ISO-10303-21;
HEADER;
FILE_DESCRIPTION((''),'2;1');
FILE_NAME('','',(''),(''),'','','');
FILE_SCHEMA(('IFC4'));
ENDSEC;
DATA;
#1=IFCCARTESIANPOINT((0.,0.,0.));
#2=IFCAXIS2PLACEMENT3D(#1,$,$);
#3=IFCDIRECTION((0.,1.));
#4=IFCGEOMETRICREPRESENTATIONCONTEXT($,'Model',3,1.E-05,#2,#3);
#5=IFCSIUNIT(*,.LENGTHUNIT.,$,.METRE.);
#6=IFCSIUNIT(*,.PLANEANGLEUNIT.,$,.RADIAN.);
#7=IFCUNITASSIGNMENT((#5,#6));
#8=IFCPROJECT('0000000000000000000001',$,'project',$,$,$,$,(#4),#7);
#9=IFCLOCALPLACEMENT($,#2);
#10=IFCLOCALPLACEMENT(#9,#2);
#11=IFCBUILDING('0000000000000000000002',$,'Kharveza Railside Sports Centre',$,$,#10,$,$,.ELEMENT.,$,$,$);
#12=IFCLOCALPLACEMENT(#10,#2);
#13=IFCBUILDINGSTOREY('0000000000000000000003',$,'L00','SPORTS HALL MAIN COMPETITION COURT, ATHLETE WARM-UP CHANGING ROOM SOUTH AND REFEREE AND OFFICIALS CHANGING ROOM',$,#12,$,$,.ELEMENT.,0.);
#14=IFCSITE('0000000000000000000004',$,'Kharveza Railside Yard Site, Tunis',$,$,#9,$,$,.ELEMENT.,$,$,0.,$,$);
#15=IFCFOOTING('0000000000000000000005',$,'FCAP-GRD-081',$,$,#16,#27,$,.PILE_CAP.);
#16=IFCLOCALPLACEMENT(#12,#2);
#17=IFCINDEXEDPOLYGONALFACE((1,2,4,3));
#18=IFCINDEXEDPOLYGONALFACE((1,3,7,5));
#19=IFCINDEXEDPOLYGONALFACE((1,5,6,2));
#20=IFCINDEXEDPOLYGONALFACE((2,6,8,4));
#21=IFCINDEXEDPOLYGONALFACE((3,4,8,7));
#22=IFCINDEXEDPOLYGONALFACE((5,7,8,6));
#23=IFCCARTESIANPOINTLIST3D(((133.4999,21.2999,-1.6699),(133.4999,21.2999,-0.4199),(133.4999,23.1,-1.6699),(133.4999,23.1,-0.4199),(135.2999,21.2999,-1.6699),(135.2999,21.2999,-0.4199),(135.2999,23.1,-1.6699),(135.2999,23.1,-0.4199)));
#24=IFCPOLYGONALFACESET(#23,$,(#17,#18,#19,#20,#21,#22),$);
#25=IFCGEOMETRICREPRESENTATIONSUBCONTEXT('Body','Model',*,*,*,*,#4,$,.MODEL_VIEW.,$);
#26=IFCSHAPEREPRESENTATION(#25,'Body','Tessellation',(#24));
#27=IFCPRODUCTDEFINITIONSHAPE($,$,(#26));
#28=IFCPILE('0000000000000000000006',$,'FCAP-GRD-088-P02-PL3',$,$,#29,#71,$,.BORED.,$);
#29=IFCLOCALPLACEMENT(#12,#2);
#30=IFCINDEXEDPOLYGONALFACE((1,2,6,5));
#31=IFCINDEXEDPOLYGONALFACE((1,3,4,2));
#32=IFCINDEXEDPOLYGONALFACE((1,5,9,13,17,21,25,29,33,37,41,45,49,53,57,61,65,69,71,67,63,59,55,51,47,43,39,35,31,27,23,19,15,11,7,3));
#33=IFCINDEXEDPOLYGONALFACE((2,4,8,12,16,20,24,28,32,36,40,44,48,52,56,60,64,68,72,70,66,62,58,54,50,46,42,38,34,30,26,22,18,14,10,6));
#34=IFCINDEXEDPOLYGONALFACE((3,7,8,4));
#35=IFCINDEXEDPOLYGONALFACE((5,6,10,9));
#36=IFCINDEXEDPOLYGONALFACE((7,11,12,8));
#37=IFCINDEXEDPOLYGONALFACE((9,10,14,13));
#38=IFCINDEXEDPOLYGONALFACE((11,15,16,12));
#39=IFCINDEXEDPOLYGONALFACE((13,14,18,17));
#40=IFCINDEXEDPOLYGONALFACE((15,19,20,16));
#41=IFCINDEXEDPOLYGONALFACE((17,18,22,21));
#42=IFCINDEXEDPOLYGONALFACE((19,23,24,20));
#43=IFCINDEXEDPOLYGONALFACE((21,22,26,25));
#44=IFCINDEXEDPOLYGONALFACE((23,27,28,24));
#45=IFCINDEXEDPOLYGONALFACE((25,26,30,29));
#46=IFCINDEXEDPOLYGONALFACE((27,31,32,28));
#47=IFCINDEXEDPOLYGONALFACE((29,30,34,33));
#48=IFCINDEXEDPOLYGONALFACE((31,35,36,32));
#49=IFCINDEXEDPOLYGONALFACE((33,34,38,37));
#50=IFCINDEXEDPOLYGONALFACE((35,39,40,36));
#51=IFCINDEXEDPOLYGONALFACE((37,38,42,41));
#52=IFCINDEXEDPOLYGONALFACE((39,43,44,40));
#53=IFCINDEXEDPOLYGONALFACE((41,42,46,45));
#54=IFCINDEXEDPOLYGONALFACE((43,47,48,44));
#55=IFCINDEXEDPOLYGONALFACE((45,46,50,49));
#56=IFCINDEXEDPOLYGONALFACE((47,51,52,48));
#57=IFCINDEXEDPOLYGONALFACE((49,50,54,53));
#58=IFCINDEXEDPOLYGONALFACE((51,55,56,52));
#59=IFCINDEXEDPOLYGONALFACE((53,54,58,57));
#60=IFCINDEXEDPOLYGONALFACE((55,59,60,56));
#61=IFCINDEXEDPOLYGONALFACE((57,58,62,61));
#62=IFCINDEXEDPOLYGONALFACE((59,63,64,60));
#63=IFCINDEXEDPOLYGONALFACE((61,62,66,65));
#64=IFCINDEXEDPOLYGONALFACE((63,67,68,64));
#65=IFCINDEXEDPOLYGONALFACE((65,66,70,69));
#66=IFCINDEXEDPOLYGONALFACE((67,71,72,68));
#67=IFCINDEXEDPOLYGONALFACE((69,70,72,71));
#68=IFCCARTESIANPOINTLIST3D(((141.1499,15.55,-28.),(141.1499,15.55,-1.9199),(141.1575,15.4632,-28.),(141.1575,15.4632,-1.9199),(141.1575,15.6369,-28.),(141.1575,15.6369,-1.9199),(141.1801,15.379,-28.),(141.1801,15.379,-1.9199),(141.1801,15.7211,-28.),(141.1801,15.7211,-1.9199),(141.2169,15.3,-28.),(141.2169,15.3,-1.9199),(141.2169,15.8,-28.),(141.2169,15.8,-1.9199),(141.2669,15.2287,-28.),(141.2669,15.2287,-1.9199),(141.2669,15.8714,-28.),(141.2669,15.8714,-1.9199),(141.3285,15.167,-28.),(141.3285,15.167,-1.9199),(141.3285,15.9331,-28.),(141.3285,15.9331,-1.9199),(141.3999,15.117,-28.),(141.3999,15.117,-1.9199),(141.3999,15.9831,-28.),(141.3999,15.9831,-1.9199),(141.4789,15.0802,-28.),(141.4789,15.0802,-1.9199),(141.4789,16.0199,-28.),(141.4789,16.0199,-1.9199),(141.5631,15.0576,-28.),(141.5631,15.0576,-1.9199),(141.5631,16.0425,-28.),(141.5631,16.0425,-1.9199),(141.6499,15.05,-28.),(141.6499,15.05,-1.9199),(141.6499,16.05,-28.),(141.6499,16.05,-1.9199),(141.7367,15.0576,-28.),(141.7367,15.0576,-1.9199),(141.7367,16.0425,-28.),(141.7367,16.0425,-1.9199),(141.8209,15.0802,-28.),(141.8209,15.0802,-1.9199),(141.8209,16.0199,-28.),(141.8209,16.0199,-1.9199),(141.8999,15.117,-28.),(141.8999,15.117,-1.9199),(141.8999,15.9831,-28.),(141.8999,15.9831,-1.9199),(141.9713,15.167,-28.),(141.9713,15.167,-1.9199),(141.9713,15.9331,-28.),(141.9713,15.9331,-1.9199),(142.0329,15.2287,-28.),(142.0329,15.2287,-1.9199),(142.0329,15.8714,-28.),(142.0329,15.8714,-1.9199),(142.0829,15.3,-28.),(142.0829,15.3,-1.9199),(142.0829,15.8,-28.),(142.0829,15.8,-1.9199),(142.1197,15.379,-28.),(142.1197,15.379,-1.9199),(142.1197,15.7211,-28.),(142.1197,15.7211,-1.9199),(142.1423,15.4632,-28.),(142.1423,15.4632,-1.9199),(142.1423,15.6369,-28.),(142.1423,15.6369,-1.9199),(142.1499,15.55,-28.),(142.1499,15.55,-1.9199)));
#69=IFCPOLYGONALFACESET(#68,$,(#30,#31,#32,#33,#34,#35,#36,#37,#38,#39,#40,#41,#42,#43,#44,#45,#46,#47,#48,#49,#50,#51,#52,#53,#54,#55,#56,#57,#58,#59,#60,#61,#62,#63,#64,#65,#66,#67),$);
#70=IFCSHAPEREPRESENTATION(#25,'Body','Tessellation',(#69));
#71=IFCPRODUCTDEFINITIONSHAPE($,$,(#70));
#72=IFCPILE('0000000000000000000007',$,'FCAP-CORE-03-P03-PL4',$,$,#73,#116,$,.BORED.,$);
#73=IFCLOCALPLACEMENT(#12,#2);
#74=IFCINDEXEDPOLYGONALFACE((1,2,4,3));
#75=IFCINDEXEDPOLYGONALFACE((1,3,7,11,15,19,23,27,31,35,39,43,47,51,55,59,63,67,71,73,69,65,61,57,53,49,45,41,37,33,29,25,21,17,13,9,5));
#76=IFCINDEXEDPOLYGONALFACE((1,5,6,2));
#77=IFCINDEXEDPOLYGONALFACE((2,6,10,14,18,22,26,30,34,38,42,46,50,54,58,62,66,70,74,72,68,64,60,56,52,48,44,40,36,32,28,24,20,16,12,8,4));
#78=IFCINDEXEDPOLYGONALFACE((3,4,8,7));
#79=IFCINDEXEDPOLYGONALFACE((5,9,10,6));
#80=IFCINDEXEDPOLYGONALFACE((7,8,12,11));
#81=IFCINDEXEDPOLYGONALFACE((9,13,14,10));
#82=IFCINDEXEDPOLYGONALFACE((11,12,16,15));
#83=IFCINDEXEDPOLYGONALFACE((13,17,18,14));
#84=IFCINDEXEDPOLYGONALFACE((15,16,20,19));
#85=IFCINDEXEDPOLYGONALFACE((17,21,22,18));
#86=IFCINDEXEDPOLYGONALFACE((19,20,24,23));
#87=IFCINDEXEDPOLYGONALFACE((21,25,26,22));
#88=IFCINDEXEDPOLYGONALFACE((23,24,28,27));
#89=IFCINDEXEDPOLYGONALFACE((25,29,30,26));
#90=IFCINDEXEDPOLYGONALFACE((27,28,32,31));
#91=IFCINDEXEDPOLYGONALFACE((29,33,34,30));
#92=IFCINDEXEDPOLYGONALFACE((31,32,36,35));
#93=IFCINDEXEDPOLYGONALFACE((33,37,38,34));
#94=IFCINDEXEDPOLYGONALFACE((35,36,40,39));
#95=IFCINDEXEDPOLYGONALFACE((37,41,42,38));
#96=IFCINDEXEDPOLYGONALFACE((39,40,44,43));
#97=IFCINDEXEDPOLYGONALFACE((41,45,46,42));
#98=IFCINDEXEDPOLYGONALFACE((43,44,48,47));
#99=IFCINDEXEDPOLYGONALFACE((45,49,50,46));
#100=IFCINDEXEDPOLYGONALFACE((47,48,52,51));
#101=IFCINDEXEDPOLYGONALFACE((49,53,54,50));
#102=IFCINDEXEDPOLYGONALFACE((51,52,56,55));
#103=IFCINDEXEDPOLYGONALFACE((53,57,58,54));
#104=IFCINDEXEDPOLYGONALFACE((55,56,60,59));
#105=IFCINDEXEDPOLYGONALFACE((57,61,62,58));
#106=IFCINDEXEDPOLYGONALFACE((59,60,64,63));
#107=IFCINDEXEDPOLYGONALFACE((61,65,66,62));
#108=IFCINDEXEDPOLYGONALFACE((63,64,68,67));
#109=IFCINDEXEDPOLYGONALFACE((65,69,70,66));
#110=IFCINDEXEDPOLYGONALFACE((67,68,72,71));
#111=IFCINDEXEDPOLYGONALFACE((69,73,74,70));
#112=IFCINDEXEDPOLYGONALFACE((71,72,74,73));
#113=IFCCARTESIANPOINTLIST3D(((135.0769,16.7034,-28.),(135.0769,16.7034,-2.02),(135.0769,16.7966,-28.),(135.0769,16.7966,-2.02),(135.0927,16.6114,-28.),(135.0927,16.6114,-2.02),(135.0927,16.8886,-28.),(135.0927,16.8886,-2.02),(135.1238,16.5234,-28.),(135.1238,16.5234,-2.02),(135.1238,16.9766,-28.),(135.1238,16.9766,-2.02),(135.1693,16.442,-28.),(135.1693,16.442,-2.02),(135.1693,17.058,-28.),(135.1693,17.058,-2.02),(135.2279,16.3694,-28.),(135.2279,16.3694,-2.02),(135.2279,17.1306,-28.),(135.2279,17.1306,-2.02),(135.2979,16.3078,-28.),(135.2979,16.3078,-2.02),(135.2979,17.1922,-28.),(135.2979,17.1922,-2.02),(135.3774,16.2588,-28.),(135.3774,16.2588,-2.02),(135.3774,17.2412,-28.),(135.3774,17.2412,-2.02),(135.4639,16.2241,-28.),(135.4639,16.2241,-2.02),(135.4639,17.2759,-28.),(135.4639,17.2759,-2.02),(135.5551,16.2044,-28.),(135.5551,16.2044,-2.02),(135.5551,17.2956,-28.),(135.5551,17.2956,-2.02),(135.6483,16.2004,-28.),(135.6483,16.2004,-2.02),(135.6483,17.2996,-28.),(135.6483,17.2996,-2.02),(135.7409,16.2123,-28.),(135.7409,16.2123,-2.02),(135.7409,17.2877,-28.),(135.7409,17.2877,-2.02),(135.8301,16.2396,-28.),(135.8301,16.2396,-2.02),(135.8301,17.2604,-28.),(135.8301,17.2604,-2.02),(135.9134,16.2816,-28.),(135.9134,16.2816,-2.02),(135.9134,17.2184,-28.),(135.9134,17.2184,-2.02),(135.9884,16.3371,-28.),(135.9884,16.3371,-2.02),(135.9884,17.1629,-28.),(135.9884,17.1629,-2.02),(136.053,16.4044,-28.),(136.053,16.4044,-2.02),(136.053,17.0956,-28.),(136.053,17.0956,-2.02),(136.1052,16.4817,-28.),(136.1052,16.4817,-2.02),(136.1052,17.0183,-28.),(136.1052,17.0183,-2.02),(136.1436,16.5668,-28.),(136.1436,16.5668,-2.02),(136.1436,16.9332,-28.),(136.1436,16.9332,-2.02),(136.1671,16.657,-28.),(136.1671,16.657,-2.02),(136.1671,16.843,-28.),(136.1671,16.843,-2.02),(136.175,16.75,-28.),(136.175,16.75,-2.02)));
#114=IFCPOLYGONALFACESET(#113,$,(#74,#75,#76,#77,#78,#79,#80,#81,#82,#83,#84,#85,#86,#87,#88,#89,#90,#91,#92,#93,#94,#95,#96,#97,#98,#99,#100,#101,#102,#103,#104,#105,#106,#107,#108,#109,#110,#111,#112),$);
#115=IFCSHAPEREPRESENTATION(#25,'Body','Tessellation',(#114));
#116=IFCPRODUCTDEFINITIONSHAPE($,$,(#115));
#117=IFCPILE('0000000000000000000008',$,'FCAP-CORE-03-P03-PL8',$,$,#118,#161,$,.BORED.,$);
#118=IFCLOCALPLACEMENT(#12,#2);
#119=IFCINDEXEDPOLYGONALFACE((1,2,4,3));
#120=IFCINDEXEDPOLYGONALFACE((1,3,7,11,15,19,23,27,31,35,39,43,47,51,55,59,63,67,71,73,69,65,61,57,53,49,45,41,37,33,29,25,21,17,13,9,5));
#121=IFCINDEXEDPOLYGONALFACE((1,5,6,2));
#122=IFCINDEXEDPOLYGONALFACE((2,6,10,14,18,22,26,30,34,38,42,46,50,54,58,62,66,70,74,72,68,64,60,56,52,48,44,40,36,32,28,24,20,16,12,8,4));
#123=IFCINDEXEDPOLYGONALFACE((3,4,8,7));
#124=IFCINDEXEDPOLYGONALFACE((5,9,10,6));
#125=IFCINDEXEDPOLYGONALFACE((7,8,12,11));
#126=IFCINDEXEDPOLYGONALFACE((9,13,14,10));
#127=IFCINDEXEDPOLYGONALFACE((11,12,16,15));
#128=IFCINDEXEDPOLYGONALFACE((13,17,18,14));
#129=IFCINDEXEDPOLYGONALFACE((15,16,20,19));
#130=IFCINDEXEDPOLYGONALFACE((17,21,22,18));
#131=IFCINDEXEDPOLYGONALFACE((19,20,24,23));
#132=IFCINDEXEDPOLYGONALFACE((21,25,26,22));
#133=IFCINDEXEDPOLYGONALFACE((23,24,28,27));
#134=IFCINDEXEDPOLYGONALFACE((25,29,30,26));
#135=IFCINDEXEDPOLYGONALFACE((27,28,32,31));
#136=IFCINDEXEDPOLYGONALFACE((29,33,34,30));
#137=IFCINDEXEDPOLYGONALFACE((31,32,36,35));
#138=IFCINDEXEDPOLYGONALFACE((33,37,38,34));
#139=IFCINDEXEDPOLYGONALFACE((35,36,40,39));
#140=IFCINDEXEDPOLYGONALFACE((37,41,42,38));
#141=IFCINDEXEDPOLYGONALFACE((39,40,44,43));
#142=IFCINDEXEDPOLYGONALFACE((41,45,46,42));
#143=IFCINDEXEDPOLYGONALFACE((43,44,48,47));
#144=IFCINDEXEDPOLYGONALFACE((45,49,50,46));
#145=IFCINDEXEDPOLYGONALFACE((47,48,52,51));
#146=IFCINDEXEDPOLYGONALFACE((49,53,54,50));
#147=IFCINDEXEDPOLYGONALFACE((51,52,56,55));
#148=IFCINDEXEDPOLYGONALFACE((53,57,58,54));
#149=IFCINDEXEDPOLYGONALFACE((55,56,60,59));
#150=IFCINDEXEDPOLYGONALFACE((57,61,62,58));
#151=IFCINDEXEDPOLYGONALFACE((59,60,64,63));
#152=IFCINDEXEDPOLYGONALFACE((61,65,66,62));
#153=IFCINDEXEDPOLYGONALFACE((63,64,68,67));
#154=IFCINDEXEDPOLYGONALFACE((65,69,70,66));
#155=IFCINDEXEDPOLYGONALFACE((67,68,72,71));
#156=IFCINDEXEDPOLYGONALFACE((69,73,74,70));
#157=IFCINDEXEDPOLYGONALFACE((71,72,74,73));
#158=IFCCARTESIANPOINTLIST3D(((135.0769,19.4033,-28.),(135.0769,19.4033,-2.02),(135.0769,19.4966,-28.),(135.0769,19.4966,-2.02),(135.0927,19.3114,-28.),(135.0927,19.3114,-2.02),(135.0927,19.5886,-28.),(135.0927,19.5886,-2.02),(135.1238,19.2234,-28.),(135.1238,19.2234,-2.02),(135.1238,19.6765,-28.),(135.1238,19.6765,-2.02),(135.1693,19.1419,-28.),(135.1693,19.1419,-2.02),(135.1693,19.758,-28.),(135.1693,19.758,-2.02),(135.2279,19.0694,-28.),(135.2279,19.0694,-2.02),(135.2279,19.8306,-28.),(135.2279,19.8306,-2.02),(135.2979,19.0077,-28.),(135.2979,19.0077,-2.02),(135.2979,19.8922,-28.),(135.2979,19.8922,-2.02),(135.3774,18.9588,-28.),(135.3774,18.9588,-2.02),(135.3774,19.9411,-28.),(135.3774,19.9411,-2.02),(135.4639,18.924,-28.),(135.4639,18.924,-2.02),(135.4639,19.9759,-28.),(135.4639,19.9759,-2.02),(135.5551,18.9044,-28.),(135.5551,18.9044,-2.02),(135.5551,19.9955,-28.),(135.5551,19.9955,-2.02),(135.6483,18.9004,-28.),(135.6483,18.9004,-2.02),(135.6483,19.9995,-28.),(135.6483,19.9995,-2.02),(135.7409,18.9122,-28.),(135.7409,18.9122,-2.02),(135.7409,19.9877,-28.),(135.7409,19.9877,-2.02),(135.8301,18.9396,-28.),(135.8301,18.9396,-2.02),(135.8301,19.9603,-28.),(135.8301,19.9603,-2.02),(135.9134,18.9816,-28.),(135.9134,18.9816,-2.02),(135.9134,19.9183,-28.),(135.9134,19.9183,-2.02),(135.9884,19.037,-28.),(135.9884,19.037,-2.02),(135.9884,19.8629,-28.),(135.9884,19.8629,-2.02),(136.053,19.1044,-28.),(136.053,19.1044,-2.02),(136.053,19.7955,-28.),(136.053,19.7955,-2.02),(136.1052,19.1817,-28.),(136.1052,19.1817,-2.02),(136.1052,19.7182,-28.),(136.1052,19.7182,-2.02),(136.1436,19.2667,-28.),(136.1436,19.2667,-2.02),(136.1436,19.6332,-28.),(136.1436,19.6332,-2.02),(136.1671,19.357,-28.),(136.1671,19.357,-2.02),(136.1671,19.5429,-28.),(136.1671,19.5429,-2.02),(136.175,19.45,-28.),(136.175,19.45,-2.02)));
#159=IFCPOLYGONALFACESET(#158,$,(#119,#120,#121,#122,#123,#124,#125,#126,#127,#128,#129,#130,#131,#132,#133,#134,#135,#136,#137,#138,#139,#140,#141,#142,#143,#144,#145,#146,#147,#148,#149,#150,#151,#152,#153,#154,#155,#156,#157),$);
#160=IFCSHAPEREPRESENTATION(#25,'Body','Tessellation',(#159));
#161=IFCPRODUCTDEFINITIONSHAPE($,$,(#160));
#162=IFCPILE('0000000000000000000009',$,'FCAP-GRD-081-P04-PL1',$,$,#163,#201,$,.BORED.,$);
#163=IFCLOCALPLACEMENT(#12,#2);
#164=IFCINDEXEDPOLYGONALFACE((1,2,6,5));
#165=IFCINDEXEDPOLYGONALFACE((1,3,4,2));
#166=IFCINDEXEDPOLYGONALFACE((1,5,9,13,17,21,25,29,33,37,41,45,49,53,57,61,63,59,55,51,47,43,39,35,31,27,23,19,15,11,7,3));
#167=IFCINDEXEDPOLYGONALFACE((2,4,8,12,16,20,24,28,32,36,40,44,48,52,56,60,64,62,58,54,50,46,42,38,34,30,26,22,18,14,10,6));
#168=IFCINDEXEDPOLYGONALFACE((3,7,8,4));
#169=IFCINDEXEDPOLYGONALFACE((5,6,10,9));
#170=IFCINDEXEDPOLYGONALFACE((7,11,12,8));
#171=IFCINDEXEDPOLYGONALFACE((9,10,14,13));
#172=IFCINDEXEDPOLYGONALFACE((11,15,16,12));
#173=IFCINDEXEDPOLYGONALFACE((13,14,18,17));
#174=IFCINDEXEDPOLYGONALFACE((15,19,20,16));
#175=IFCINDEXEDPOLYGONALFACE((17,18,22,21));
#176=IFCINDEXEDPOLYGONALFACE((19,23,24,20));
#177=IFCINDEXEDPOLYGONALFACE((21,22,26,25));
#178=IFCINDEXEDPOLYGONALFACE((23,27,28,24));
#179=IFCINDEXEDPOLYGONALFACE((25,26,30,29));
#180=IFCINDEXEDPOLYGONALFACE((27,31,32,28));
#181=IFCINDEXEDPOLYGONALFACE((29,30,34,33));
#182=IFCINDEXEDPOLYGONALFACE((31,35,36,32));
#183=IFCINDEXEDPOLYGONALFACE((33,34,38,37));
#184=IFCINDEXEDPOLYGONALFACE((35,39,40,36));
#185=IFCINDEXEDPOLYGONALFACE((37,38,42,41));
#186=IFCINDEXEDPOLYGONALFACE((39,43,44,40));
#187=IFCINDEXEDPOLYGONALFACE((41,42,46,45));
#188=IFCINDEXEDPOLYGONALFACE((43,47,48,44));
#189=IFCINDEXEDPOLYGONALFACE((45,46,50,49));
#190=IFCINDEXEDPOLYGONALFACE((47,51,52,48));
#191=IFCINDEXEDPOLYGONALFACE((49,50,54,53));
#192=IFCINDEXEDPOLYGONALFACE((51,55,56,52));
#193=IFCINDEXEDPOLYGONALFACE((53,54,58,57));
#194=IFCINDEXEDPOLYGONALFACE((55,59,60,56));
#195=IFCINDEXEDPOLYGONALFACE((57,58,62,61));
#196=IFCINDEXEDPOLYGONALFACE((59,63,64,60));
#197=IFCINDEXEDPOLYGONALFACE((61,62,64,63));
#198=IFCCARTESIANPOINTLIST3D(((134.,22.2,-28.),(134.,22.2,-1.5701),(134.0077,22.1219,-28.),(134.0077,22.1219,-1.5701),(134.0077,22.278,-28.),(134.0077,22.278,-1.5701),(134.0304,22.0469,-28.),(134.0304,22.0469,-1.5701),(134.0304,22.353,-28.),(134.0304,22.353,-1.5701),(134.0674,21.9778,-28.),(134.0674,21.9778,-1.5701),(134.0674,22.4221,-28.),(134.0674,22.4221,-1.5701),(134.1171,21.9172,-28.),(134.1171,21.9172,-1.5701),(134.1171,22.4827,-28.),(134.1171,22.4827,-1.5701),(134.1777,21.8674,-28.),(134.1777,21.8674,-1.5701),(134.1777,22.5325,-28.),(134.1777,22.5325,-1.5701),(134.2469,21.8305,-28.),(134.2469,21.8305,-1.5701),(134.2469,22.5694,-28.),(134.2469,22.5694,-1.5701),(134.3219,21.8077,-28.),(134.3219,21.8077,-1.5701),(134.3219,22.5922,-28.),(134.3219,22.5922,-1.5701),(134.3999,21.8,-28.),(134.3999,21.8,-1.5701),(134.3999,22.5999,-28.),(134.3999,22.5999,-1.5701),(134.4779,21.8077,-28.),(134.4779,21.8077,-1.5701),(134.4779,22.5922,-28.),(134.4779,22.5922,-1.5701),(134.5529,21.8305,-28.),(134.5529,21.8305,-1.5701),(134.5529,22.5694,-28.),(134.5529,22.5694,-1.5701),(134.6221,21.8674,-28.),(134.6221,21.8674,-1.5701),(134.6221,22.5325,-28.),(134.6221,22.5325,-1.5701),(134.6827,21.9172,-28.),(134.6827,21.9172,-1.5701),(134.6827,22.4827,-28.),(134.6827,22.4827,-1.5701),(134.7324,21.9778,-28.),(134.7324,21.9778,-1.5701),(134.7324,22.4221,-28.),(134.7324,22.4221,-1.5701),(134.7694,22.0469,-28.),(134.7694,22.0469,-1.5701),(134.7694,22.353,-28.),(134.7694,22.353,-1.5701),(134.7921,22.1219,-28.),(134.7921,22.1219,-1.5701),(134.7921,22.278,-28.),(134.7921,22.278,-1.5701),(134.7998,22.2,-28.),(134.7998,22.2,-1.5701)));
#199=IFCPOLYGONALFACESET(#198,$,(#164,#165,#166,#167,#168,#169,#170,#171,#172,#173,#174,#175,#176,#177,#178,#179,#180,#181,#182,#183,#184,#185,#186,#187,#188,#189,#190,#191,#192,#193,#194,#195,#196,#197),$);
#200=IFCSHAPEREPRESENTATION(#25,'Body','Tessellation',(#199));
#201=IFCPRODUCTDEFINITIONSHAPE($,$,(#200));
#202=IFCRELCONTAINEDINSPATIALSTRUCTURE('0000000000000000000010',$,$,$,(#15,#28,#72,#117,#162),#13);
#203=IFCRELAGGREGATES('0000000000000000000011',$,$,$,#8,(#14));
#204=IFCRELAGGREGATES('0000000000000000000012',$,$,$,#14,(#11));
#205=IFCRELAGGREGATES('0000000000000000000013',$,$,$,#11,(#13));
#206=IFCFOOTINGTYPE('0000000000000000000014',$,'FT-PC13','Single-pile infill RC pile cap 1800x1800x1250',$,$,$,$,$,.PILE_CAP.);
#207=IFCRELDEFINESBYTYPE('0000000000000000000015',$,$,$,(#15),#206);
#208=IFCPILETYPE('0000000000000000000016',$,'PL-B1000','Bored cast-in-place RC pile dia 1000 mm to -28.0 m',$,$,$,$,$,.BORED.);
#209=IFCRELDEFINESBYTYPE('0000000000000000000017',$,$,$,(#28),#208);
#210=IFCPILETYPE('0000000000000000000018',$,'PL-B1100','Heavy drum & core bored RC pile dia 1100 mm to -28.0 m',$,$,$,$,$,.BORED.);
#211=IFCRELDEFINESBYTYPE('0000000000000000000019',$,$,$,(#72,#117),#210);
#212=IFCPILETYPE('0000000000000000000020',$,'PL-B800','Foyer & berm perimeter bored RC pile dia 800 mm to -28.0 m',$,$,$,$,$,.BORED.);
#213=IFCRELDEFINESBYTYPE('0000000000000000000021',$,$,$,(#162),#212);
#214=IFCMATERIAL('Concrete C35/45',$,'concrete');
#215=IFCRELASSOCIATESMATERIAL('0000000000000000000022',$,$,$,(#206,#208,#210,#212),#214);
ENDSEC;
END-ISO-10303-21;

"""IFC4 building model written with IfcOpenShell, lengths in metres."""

from ifc_helpers import new_model, si_unit, direction, frame, origin, origin_2d, place, context, subcontext, project, spatial, rectangle, circle, extrude, material, material_profile, profile_set, type_object, element, save


model = new_model("IFC4")

# Units and contexts
model_context = context("Model", 3, precision=1e-05, world=origin(), true_north=direction((0.0, 1.0)))
body_context = subcontext(model_context, "Body", "Model", "MODEL_VIEW")
ifc_project = project(units=[si_unit("LENGTHUNIT", "METRE"), si_unit("PLANEANGLEUNIT", "RADIAN")], contexts=[model_context])

# Site, building, storey
site_placement = place(None, origin())
site = spatial("IfcSite", under=ifc_project, at=site_placement, Name="Kharveza Railside Yard Site, Tunis", CompositionType="ELEMENT", RefElevation=0.0)
building_placement = place(site_placement, origin())
building = spatial("IfcBuilding", under=site, at=building_placement, Name="Kharveza Railside Sports Centre", CompositionType="ELEMENT")
storey_placement = place(building_placement, origin())
storey = spatial("IfcBuildingStorey", under=building, at=storey_placement, Name="L00", Description="SPORTS HALL MAIN COMPETITION COURT, ATHLETE WARM-UP CHANGING ROOM SOUTH AND REFEREE AND OFFICIALS CHANGING ROOM", CompositionType="ELEMENT", Elevation=0.0)

# Footing
ifc_material_1 = material(Name="Concrete C35/45", Category="concrete")
footing_type = type_object("IfcFootingType", Name="FT-PC13", Description="Single-pile infill RC pile cap 1800x1800x1250", PredefinedType="PILE_CAP", material=ifc_material_1)
footing_placement = place(storey_placement, frame((134.3999, 22.2, -1.6699), z_axis=(0.0, 0.0, 1.0), x_axis=(1.0, 0.0, 0.0)))
element("IfcFooting", 1, at=footing_placement, inside=storey, type_object=footing_type, Name="FCAP-GRD-081", PredefinedType="PILE_CAP", context=body_context, shape_type="SweptSolid", body=[
    extrude(rectangle(XDim=1.8, YDim=1.8, at=origin_2d()), origin(), (0.0, 0.0, 1.0), 1.25),
])

# Piles
ifc_material_profile_1 = material_profile(ifc_material_1, circle(Radius=0.5, at=origin_2d()), Name="PILE D1000")
ifc_profile_set_1 = profile_set([ifc_material_profile_1], Name="Concrete C35/45")
pile_type_1 = type_object("IfcPileType", Name="PL-B1000", Description="Bored cast-in-place RC pile dia 1000 mm to -28.0 m", PredefinedType="BORED", material=ifc_profile_set_1)
pile_1_placement = place(storey_placement, frame((141.6499, 15.55, -1.9199), z_axis=(0.0, 0.0, -1.0), x_axis=(1.0, 0.0, 0.0)))
element("IfcPile", 2, at=pile_1_placement, inside=storey, type_object=pile_type_1, Name="FCAP-GRD-088-P02-PL3", PredefinedType="BORED", context=body_context, shape_type="SweptSolid", body=[
    extrude(circle(Radius=0.5, at=origin_2d()), origin(), (0.0, 0.0, 1.0), 26.0801),
])
ifc_material_profile_2 = material_profile(ifc_material_1, circle(Radius=0.55, at=origin_2d()), Name="PILE D1100")
ifc_profile_set_2 = profile_set([ifc_material_profile_2], Name="Concrete C35/45")
pile_type_2 = type_object("IfcPileType", Name="PL-B1100", Description="Heavy drum & core bored RC pile dia 1100 mm to -28.0 m", PredefinedType="BORED", material=ifc_profile_set_2)
for number, where, z_axis, x_axis, name in (
    (3, (135.625, 16.75, -2.02), (0.0, 0.0, -1.0), (1.0, 0.0, 0.0), "FCAP-CORE-03-P03-PL4"),
    (4, (135.625, 19.45, -2.02), (0.0, 0.0, -1.0), (1.0, 0.0, 0.0), "FCAP-CORE-03-P03-PL8"),
):
    element("IfcPile", number, at=place(storey_placement, frame(where, z_axis=z_axis, x_axis=x_axis)), inside=storey, type_object=pile_type_2, Name=name, PredefinedType="BORED", context=body_context, shape_type="SweptSolid", body=[
        extrude(circle(Radius=0.55, at=origin_2d()), origin(), (0.0, 0.0, 1.0), 25.98),
    ])
ifc_material_profile_3 = material_profile(ifc_material_1, circle(Radius=0.3999, at=origin_2d()), Name="PILE D800")
ifc_profile_set_3 = profile_set([ifc_material_profile_3], Name="Concrete C35/45")
pile_type_3 = type_object("IfcPileType", Name="PL-B800", Description="Foyer & berm perimeter bored RC pile dia 800 mm to -28.0 m", PredefinedType="BORED", material=ifc_profile_set_3)
pile_2_placement = place(storey_placement, frame((134.3999, 22.2, -1.5701), z_axis=(0.0, 0.0, -1.0), x_axis=(1.0, 0.0, 0.0)))
element("IfcPile", 5, at=pile_2_placement, inside=storey, type_object=pile_type_3, Name="FCAP-GRD-081-P04-PL1", PredefinedType="BORED", context=body_context, shape_type="SweptSolid", body=[
    extrude(circle(Radius=0.3999, at=origin_2d()), origin(), (0.0, 0.0, 1.0), 26.4299),
])

save(model, "model.ifc")
